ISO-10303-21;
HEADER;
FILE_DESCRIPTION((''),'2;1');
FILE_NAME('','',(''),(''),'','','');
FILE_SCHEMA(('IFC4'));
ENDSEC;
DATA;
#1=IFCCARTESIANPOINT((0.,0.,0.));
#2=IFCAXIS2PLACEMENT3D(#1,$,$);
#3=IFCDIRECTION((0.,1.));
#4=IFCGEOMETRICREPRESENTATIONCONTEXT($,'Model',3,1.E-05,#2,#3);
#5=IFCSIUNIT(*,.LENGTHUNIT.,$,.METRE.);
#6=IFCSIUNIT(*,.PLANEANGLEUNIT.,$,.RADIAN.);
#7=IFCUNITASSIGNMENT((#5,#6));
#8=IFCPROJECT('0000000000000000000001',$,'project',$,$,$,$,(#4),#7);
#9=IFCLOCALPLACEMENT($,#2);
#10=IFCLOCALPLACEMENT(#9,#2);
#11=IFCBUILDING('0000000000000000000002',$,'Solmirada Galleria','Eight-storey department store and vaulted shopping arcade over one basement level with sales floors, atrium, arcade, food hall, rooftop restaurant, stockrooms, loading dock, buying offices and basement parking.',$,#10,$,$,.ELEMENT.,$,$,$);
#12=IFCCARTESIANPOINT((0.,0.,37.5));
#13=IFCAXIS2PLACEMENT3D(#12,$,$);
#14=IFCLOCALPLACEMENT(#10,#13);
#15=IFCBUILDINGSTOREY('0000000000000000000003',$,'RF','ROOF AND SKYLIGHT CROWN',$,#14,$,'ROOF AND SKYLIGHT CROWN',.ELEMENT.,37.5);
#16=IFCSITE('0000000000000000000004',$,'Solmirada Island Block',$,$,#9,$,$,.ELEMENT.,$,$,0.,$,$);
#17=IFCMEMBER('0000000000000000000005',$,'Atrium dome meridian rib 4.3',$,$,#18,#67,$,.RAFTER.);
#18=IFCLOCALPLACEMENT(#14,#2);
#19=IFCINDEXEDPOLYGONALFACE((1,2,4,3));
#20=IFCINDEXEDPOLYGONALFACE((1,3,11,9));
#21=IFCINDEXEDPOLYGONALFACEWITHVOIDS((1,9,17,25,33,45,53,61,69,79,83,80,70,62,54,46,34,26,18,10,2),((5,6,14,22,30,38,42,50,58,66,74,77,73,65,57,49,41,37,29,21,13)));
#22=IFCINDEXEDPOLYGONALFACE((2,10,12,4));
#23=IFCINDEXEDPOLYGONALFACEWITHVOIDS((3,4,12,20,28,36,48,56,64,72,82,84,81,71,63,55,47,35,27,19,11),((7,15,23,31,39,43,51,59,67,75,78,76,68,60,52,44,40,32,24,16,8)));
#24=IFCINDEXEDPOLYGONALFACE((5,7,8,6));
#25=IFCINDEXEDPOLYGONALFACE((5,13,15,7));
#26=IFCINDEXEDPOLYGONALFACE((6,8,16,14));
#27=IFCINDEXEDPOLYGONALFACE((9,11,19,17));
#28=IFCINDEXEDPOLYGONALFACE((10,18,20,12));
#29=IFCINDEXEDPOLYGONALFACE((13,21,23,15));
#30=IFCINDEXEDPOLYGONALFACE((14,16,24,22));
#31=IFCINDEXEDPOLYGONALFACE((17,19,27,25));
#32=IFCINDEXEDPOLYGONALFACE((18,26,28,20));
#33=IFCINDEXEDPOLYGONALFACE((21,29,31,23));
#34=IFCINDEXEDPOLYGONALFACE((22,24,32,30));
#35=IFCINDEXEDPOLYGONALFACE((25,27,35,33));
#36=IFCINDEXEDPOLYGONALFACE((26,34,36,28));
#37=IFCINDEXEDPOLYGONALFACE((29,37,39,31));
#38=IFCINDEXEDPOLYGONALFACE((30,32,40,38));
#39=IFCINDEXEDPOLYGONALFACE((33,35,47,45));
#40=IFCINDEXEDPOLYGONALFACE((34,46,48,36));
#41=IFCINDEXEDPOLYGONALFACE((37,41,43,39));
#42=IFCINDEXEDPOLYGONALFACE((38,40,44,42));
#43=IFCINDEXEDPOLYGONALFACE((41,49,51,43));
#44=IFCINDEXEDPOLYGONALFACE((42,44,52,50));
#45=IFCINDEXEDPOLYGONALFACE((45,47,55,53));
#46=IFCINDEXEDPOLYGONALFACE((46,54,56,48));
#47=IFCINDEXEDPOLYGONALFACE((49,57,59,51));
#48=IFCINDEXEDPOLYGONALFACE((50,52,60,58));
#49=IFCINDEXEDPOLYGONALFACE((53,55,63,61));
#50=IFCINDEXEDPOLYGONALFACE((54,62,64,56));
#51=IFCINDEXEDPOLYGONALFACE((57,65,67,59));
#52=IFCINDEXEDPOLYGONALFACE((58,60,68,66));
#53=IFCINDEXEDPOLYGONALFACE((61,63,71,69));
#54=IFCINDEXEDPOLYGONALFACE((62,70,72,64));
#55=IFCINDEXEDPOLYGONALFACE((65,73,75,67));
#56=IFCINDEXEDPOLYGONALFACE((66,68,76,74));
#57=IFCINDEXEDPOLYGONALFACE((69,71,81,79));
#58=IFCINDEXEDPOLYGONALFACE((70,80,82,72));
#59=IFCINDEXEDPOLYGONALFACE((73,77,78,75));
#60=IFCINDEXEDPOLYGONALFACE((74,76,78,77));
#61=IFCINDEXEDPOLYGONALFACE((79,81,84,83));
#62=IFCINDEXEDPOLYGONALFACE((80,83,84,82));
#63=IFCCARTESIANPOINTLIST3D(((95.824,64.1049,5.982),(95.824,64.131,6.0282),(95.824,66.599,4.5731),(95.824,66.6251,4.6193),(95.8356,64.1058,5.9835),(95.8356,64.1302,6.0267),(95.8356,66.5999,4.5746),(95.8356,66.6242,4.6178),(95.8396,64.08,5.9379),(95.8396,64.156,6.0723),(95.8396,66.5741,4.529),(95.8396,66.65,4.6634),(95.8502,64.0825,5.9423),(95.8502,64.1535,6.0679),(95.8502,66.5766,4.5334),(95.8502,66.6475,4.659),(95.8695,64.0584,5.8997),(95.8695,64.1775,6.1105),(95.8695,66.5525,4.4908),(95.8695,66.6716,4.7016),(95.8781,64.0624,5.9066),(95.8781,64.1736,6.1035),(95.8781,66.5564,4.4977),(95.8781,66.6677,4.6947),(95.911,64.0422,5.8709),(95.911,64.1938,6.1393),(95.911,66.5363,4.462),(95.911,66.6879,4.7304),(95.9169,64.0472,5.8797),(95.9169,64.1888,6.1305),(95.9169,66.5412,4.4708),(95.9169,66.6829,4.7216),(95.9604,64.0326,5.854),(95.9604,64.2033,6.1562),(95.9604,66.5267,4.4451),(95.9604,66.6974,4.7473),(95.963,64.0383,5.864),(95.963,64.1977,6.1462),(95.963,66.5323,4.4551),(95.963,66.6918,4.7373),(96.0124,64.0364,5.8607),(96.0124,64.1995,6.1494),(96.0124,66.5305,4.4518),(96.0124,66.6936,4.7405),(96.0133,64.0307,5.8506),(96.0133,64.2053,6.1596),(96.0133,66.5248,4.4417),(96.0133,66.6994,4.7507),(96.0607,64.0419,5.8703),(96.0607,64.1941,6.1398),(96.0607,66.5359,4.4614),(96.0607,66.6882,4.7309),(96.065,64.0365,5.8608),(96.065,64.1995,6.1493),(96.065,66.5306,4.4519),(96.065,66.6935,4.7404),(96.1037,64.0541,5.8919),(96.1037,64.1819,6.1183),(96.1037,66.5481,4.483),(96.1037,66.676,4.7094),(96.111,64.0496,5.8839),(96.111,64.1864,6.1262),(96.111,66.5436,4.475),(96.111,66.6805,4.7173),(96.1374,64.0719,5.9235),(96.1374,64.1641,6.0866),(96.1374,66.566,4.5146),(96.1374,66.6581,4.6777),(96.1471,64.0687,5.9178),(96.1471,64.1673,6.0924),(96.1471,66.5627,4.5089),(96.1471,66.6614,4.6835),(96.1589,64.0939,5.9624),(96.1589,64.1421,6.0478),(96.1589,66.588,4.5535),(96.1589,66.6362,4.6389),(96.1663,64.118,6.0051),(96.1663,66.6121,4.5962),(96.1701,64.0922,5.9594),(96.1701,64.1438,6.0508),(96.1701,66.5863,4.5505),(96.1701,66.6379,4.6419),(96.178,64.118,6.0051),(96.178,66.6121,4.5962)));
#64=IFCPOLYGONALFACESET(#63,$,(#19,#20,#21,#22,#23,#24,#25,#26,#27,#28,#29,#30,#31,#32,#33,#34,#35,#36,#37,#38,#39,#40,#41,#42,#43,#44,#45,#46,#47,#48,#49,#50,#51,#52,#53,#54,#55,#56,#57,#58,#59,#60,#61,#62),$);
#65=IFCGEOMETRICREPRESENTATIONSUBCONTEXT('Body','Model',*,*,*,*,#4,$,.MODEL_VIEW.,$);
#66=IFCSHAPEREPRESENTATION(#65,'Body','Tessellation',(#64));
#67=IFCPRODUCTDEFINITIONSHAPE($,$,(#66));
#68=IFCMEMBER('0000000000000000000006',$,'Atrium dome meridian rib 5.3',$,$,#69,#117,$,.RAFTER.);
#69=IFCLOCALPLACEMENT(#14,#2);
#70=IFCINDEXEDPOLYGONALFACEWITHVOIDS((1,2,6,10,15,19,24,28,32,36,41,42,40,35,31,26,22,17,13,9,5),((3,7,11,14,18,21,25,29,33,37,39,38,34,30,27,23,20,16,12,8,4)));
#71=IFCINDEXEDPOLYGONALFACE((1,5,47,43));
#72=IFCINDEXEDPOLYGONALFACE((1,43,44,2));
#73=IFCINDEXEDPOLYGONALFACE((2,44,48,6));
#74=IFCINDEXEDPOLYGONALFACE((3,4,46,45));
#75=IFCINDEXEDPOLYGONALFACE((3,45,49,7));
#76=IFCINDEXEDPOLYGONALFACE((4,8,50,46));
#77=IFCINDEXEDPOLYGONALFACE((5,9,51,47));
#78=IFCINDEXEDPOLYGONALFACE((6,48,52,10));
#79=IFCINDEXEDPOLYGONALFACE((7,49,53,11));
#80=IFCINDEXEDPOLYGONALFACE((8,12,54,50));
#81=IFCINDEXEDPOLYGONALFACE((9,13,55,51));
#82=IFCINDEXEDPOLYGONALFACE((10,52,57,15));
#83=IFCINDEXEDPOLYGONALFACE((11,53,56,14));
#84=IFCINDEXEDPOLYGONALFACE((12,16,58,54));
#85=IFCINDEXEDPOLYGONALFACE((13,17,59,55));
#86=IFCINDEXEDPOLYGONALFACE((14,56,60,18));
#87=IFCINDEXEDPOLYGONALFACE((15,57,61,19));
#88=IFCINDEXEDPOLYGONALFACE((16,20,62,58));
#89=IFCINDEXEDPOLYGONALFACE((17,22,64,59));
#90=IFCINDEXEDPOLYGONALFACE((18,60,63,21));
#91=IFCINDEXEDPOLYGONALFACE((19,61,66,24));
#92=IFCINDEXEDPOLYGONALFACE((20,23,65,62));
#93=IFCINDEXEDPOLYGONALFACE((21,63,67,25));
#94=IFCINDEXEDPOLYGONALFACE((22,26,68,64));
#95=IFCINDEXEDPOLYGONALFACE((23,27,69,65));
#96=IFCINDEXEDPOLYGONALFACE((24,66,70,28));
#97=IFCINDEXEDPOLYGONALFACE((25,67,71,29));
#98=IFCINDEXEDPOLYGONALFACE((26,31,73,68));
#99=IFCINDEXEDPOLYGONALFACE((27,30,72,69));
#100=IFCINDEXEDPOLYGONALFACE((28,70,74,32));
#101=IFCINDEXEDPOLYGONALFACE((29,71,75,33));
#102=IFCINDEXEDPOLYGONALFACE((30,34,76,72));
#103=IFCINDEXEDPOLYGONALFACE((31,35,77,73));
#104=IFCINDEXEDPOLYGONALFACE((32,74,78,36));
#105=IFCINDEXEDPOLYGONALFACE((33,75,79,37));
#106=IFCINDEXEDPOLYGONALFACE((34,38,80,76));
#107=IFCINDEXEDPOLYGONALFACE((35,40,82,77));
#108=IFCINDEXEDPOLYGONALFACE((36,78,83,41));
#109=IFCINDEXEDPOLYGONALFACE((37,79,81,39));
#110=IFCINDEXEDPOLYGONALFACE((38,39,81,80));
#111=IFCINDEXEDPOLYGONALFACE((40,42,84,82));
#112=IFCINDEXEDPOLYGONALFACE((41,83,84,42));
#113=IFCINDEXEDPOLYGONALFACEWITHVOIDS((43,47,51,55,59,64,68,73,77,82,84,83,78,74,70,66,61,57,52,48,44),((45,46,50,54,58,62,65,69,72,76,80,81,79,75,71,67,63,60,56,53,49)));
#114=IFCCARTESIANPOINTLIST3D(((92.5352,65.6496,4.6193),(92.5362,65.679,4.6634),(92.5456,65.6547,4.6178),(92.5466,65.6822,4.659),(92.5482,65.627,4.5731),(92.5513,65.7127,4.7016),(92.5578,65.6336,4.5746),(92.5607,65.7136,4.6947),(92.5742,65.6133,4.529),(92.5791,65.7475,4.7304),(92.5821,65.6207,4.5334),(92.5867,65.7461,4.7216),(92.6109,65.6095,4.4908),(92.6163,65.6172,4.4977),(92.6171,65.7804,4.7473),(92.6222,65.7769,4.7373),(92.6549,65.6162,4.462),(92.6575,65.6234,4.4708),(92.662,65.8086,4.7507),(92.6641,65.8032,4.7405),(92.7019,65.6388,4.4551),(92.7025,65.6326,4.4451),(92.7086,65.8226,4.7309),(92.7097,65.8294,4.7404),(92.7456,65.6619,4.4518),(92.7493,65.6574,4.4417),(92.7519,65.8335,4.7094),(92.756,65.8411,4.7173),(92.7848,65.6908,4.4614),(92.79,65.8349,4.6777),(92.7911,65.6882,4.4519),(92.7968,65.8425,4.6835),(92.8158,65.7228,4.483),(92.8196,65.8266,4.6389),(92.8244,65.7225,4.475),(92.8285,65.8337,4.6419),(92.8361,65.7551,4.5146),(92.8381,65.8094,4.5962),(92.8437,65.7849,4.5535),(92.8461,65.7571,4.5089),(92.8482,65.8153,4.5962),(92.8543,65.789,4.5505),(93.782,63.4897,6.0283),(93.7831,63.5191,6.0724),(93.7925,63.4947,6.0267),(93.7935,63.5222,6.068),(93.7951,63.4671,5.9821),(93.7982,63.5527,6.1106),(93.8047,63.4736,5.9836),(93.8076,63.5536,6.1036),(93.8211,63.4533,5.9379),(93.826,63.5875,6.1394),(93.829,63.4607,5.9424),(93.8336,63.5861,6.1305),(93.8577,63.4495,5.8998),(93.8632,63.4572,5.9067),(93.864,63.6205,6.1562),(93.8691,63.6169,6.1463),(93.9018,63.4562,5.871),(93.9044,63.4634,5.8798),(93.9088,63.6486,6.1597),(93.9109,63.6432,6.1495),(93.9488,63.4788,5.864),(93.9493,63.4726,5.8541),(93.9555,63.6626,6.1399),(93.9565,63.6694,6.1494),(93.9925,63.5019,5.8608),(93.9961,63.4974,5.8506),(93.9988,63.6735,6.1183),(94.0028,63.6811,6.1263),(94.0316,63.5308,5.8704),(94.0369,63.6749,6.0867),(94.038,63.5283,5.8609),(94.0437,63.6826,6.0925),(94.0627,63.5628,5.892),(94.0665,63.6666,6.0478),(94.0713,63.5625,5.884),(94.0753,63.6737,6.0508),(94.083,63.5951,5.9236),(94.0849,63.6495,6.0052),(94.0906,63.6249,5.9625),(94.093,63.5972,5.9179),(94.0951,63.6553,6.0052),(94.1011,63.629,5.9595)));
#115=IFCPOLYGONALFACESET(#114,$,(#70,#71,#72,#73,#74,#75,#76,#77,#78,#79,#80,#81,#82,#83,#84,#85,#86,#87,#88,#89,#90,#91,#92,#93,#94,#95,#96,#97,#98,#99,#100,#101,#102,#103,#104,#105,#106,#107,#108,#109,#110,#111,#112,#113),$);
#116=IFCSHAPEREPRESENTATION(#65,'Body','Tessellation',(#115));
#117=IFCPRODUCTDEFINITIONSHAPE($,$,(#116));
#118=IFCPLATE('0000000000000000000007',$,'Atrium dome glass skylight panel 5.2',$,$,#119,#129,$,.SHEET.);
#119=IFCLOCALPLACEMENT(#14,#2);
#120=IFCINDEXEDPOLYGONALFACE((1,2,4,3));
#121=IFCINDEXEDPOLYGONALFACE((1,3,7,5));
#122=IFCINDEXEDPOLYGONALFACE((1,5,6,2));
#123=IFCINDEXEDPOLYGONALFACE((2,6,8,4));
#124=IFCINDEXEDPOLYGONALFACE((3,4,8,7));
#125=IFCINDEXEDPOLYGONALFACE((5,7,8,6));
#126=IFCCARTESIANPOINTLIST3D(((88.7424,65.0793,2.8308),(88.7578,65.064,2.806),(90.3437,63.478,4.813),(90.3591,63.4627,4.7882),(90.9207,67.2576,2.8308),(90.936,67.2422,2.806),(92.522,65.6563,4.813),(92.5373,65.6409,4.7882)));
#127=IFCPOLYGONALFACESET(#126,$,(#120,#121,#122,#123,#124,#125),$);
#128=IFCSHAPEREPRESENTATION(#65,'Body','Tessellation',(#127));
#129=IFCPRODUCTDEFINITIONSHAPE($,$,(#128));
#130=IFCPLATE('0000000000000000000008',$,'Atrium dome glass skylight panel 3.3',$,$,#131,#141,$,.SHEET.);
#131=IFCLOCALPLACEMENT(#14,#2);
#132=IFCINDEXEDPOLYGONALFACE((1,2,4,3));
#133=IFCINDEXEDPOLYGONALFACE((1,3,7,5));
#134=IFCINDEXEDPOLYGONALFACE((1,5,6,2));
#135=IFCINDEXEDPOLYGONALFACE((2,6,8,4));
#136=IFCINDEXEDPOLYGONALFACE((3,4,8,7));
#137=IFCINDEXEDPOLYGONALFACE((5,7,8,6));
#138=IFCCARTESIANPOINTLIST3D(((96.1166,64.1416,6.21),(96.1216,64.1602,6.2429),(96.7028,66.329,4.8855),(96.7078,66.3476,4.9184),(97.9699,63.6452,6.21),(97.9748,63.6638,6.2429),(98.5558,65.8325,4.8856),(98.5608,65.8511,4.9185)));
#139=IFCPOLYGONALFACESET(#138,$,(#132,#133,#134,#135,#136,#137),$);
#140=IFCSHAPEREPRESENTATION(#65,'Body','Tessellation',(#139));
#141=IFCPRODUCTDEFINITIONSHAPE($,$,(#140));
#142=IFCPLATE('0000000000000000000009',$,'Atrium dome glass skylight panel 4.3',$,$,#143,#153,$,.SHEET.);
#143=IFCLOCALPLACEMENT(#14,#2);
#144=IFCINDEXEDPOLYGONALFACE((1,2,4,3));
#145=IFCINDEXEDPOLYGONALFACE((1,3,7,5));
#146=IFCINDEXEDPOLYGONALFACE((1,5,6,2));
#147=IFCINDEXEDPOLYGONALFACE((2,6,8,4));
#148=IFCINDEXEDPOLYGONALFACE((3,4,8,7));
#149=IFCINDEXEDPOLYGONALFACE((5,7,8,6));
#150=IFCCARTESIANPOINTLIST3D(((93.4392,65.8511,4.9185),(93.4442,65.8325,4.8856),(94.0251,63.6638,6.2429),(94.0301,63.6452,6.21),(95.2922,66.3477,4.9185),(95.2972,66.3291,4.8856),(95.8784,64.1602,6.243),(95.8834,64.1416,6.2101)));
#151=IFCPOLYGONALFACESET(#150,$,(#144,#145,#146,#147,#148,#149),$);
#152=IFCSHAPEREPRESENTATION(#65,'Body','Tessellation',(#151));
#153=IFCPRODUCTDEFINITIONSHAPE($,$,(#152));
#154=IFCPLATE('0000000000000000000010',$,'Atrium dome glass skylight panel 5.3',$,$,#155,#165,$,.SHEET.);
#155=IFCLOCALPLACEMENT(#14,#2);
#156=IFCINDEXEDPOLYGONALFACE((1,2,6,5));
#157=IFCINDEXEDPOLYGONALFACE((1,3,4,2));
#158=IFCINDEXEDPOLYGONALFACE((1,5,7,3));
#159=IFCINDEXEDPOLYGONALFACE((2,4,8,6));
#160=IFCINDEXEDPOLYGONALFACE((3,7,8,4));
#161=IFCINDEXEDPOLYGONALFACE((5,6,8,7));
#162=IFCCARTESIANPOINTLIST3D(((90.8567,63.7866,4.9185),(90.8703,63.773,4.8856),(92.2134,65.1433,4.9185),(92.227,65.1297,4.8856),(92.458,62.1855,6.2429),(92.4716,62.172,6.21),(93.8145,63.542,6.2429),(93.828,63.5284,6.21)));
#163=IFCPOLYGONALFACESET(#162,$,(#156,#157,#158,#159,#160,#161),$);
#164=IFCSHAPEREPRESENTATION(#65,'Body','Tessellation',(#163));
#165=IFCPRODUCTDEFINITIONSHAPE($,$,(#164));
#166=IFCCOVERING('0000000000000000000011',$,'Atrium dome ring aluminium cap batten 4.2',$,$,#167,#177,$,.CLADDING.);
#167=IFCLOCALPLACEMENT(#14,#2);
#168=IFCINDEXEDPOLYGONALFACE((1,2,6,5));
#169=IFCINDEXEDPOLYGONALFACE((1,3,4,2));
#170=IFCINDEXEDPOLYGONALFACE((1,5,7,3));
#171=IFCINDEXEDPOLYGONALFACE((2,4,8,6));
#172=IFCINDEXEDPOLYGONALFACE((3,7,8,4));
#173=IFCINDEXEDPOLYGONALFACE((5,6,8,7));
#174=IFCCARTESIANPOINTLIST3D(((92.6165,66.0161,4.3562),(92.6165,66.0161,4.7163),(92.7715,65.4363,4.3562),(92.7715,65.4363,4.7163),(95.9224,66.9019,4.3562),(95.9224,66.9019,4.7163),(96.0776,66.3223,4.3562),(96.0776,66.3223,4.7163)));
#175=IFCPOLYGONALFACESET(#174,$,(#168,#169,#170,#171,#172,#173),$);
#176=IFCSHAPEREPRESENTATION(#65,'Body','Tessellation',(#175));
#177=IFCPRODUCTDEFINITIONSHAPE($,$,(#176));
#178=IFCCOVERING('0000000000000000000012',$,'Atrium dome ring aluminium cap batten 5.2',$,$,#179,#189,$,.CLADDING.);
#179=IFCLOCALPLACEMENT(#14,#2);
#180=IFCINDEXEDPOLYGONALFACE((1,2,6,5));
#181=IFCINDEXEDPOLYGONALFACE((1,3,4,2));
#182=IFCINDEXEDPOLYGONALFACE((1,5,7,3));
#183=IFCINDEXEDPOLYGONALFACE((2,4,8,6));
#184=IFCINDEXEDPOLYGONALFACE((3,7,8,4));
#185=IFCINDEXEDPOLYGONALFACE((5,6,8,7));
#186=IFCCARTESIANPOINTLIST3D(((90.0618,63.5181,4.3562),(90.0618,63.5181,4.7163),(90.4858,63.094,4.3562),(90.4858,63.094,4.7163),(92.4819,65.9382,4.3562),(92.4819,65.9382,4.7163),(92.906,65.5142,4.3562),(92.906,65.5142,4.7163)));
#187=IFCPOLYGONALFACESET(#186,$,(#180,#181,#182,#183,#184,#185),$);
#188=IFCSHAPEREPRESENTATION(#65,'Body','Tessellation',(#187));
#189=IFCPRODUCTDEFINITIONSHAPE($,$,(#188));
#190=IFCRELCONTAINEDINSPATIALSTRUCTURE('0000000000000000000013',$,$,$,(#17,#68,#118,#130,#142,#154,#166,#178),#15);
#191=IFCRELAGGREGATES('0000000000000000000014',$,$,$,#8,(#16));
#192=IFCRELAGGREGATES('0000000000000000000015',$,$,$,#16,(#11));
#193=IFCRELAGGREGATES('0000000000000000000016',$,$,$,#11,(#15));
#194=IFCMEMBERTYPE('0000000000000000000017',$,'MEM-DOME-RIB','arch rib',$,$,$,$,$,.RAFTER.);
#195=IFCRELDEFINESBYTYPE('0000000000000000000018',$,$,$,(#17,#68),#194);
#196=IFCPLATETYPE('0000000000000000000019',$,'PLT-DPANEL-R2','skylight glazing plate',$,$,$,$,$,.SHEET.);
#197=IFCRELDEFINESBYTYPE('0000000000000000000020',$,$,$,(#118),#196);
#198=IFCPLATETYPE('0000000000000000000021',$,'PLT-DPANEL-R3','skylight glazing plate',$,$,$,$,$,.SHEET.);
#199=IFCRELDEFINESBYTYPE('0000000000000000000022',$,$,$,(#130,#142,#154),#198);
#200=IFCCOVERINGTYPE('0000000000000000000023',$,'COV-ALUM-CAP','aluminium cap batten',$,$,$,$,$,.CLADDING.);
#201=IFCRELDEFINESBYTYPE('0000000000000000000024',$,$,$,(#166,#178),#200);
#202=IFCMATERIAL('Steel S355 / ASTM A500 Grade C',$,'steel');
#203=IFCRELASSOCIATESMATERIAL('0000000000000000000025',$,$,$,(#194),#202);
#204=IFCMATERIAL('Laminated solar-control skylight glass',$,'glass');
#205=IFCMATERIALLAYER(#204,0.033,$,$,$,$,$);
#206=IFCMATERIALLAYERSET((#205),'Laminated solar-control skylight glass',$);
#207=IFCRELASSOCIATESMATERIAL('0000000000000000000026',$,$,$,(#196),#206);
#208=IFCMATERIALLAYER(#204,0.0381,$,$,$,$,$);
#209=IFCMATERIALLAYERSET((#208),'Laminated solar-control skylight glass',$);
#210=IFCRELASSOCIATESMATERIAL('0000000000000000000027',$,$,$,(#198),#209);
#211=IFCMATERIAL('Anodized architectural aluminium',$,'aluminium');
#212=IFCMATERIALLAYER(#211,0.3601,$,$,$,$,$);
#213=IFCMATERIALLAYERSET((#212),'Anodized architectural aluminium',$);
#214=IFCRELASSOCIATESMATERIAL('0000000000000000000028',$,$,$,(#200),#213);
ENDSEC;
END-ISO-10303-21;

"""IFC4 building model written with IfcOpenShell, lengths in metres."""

from ifc_helpers import new_model, si_unit, direction, frame, origin, origin_2d, place, context, subcontext, project, spatial, polyline, hollow_circle, outline, extrude, material, layer, layer_set, material_profile, profile_set, type_object, element, save


model = new_model("IFC4")

# Units and contexts
model_context = context("Model", 3, precision=1e-05, world=origin(), true_north=direction((0.0, 1.0)))
body_context = subcontext(model_context, "Body", "Model", "MODEL_VIEW")
ifc_project = project(units=[si_unit("LENGTHUNIT", "METRE"), si_unit("PLANEANGLEUNIT", "RADIAN")], contexts=[model_context])

# Site, building, storey
site_placement = place(None, origin())
site = spatial("IfcSite", under=ifc_project, at=site_placement, Name="Solmirada Island Block", CompositionType="ELEMENT", RefElevation=0.0)
building_placement = place(site_placement, origin())
building = spatial("IfcBuilding", under=site, at=building_placement, Name="Solmirada Galleria", Description="Eight-storey department store and vaulted shopping arcade over one basement level with sales floors, atrium, arcade, food hall, rooftop restaurant, stockrooms, loading dock, buying offices and basement parking.", CompositionType="ELEMENT")
storey_placement = place(building_placement, frame((0.0, 0.0, 37.5)))
storey = spatial("IfcBuildingStorey", under=building, at=storey_placement, Name="RF", Description="ROOF AND SKYLIGHT CROWN", LongName="ROOF AND SKYLIGHT CROWN", CompositionType="ELEMENT", Elevation=37.5)

# Members
ifc_material_1 = material(Name="Steel S355 / ASTM A500 Grade C", Category="steel")
ifc_material_profile_1 = material_profile(ifc_material_1, hollow_circle(Radius=0.178, WallThickness=0.0117, at=origin_2d()), Name="HSS14.000X0.500")
ifc_profile_set_1 = profile_set([ifc_material_profile_1], Name="Steel S355 / ASTM A500 Grade C")
member_type_1 = type_object("IfcMemberType", Name="MEM-DOME-RIB", Description="arch rib", PredefinedType="RAFTER", material=ifc_profile_set_1)
for number, where, z_axis, x_axis, name in (
    (1, (96.0, 66.6121, 4.5962), (0.0, -0.870682, 0.491847), (1.0, 0.0, 0.0), "Atrium dome meridian rib 4.3"),
    (2, (92.6941, 65.7263, 4.5962), (0.435281, -0.754049, 0.491875), (0.86606, 0.49994, 0.0), "Atrium dome meridian rib 5.3"),
):
    element("IfcMember", number, at=place(storey_placement, frame(where, z_axis=z_axis, x_axis=x_axis)), inside=storey, type_object=member_type_1, Name=name, PredefinedType="RAFTER", context=body_context, shape_type="SweptSolid", body=[
        extrude(hollow_circle(Radius=0.178, WallThickness=0.0117, at=origin_2d()), origin(), (0.0, 0.0, 1.0), 2.8645),
    ])

# Plates
ifc_material_2 = material(Name="Laminated solar-control skylight glass", Category="glass")
ifc_layer_1 = layer(ifc_material_2, 0.033)
ifc_layer_set_1 = layer_set([ifc_layer_1], Name="Laminated solar-control skylight glass")
plate_type_1 = type_object("IfcPlateType", Name="PLT-DPANEL-R2", Description="skylight glazing plate", PredefinedType="SHEET", material=ifc_layer_set_1)
plate_1_placement = place(storey_placement, frame((90.9207, 67.2576, 2.8308), z_axis=(-0.465719, 0.465719, 0.75247), x_axis=(-0.707107, -0.707107, 0.0)))
element("IfcPlate", 3, at=plate_1_placement, inside=storey, type_object=plate_type_1, Name="Atrium dome glass skylight panel 5.2", PredefinedType="SHEET", context=body_context, shape_type="SweptSolid", body=[
    extrude(outline(polyline([(0.0, 0.0), (3.0805, 0.0), (3.0805, 3.0096), (0.0, 3.0096), (0.0, 0.0)])), origin(), (0.0, 0.0, -1.0), 0.033),
])
ifc_layer_2 = layer(ifc_material_2, 0.0381)
ifc_layer_set_2 = layer_set([ifc_layer_2], Name="Laminated solar-control skylight glass")
plate_type_2 = type_object("IfcPlateType", Name="PLT-DPANEL-R3", Description="skylight glazing plate", PredefinedType="SHEET", material=ifc_layer_set_2)
plate_2_placement = place(storey_placement, frame((98.5608, 65.8511, 4.9185), z_axis=(0.130646, 0.487666, 0.8632), x_axis=(-0.965923, 0.258831, -0.000034)))
element("IfcPlate", 4, at=plate_2_placement, inside=storey, type_object=plate_type_2, Name="Atrium dome glass skylight panel 3.3", PredefinedType="SHEET", context=body_context, shape_type="SweptSolid", body=[
    extrude(outline(polyline([(0.0, 0.0), (1.9184, 0.0), (1.9184, 2.6235), (-0.0002, 2.6233), (0.0, 0.0)])), origin(), (0.0, 0.0, -1.0), 0.0381),
])
plate_3_placement = place(storey_placement, frame((95.2922, 66.3477, 4.9185), z_axis=(-0.130646, 0.487666, 0.8632), x_axis=(-0.965923, -0.258831, 0.000034)))
element("IfcPlate", 5, at=plate_3_placement, inside=storey, type_object=plate_type_2, Name="Atrium dome glass skylight panel 4.3", PredefinedType="SHEET", context=body_context, shape_type="SweptSolid", body=[
    extrude(outline(polyline([(0.0, 0.0), (1.9184, 0.0), (1.9186, 2.6233), (0.0, 2.6235), (0.0, 0.0)])), origin(), (0.0, 0.0, -1.0), 0.0381),
])
plate_4_placement = place(storey_placement, frame((92.2134, 65.1433, 4.9185), z_axis=(-0.357003, 0.357003, 0.86319), x_axis=(-0.707107, -0.707107, 0.0)))
element("IfcPlate", 6, at=plate_4_placement, inside=storey, type_object=plate_type_2, Name="Atrium dome glass skylight panel 5.3", PredefinedType="SHEET", context=body_context, shape_type="SweptSolid", body=[
    extrude(outline(polyline([(0.0, 0.0), (1.9186, 0.0), (1.9185, 2.6233), (0.0002, 2.6233), (0.0, 0.0)])), origin(), (0.0, 0.0, -1.0), 0.0381),
])

# Coverings
ifc_material_3 = material(Name="Anodized architectural aluminium", Category="aluminium")
ifc_layer_3 = layer(ifc_material_3, 0.3601)
ifc_layer_set_3 = layer_set([ifc_layer_3], Name="Anodized architectural aluminium")
covering_type = type_object("IfcCoveringType", Name="COV-ALUM-CAP", Description="aluminium cap batten", PredefinedType="CLADDING", material=ifc_layer_set_3)
covering_1_placement = place(storey_placement, frame((95.9224, 66.9019, 4.7163), z_axis=(0.0, 0.0, 1.0), x_axis=(0.258777, -0.965937, 0.0)))
element("IfcCovering", 7, at=covering_1_placement, inside=storey, type_object=covering_type, Name="Atrium dome ring aluminium cap batten 4.2", PredefinedType="CLADDING", context=body_context, shape_type="SweptSolid", body=[
    extrude(outline(polyline([(0.0, 0.0), (0.6, 0.0), (0.6003, -3.4228), (0.0001, -3.4225), (0.0, 0.0)])), origin(), (0.0, 0.0, -1.0), 0.3601),
])
covering_2_placement = place(storey_placement, frame((92.4819, 65.9382, 4.7163), z_axis=(0.0, 0.0, 1.0), x_axis=(0.707107, -0.707107, 0.0)))
element("IfcCovering", 8, at=covering_2_placement, inside=storey, type_object=covering_type, Name="Atrium dome ring aluminium cap batten 5.2", PredefinedType="CLADDING", context=body_context, shape_type="SweptSolid", body=[
    extrude(outline(polyline([(0.0, 0.0), (0.5997, 0.0), (0.5997, -3.4226), (0.0, -3.4226), (0.0, 0.0)])), origin(), (0.0, 0.0, -1.0), 0.3601),
])

save(model, "model.ifc")
